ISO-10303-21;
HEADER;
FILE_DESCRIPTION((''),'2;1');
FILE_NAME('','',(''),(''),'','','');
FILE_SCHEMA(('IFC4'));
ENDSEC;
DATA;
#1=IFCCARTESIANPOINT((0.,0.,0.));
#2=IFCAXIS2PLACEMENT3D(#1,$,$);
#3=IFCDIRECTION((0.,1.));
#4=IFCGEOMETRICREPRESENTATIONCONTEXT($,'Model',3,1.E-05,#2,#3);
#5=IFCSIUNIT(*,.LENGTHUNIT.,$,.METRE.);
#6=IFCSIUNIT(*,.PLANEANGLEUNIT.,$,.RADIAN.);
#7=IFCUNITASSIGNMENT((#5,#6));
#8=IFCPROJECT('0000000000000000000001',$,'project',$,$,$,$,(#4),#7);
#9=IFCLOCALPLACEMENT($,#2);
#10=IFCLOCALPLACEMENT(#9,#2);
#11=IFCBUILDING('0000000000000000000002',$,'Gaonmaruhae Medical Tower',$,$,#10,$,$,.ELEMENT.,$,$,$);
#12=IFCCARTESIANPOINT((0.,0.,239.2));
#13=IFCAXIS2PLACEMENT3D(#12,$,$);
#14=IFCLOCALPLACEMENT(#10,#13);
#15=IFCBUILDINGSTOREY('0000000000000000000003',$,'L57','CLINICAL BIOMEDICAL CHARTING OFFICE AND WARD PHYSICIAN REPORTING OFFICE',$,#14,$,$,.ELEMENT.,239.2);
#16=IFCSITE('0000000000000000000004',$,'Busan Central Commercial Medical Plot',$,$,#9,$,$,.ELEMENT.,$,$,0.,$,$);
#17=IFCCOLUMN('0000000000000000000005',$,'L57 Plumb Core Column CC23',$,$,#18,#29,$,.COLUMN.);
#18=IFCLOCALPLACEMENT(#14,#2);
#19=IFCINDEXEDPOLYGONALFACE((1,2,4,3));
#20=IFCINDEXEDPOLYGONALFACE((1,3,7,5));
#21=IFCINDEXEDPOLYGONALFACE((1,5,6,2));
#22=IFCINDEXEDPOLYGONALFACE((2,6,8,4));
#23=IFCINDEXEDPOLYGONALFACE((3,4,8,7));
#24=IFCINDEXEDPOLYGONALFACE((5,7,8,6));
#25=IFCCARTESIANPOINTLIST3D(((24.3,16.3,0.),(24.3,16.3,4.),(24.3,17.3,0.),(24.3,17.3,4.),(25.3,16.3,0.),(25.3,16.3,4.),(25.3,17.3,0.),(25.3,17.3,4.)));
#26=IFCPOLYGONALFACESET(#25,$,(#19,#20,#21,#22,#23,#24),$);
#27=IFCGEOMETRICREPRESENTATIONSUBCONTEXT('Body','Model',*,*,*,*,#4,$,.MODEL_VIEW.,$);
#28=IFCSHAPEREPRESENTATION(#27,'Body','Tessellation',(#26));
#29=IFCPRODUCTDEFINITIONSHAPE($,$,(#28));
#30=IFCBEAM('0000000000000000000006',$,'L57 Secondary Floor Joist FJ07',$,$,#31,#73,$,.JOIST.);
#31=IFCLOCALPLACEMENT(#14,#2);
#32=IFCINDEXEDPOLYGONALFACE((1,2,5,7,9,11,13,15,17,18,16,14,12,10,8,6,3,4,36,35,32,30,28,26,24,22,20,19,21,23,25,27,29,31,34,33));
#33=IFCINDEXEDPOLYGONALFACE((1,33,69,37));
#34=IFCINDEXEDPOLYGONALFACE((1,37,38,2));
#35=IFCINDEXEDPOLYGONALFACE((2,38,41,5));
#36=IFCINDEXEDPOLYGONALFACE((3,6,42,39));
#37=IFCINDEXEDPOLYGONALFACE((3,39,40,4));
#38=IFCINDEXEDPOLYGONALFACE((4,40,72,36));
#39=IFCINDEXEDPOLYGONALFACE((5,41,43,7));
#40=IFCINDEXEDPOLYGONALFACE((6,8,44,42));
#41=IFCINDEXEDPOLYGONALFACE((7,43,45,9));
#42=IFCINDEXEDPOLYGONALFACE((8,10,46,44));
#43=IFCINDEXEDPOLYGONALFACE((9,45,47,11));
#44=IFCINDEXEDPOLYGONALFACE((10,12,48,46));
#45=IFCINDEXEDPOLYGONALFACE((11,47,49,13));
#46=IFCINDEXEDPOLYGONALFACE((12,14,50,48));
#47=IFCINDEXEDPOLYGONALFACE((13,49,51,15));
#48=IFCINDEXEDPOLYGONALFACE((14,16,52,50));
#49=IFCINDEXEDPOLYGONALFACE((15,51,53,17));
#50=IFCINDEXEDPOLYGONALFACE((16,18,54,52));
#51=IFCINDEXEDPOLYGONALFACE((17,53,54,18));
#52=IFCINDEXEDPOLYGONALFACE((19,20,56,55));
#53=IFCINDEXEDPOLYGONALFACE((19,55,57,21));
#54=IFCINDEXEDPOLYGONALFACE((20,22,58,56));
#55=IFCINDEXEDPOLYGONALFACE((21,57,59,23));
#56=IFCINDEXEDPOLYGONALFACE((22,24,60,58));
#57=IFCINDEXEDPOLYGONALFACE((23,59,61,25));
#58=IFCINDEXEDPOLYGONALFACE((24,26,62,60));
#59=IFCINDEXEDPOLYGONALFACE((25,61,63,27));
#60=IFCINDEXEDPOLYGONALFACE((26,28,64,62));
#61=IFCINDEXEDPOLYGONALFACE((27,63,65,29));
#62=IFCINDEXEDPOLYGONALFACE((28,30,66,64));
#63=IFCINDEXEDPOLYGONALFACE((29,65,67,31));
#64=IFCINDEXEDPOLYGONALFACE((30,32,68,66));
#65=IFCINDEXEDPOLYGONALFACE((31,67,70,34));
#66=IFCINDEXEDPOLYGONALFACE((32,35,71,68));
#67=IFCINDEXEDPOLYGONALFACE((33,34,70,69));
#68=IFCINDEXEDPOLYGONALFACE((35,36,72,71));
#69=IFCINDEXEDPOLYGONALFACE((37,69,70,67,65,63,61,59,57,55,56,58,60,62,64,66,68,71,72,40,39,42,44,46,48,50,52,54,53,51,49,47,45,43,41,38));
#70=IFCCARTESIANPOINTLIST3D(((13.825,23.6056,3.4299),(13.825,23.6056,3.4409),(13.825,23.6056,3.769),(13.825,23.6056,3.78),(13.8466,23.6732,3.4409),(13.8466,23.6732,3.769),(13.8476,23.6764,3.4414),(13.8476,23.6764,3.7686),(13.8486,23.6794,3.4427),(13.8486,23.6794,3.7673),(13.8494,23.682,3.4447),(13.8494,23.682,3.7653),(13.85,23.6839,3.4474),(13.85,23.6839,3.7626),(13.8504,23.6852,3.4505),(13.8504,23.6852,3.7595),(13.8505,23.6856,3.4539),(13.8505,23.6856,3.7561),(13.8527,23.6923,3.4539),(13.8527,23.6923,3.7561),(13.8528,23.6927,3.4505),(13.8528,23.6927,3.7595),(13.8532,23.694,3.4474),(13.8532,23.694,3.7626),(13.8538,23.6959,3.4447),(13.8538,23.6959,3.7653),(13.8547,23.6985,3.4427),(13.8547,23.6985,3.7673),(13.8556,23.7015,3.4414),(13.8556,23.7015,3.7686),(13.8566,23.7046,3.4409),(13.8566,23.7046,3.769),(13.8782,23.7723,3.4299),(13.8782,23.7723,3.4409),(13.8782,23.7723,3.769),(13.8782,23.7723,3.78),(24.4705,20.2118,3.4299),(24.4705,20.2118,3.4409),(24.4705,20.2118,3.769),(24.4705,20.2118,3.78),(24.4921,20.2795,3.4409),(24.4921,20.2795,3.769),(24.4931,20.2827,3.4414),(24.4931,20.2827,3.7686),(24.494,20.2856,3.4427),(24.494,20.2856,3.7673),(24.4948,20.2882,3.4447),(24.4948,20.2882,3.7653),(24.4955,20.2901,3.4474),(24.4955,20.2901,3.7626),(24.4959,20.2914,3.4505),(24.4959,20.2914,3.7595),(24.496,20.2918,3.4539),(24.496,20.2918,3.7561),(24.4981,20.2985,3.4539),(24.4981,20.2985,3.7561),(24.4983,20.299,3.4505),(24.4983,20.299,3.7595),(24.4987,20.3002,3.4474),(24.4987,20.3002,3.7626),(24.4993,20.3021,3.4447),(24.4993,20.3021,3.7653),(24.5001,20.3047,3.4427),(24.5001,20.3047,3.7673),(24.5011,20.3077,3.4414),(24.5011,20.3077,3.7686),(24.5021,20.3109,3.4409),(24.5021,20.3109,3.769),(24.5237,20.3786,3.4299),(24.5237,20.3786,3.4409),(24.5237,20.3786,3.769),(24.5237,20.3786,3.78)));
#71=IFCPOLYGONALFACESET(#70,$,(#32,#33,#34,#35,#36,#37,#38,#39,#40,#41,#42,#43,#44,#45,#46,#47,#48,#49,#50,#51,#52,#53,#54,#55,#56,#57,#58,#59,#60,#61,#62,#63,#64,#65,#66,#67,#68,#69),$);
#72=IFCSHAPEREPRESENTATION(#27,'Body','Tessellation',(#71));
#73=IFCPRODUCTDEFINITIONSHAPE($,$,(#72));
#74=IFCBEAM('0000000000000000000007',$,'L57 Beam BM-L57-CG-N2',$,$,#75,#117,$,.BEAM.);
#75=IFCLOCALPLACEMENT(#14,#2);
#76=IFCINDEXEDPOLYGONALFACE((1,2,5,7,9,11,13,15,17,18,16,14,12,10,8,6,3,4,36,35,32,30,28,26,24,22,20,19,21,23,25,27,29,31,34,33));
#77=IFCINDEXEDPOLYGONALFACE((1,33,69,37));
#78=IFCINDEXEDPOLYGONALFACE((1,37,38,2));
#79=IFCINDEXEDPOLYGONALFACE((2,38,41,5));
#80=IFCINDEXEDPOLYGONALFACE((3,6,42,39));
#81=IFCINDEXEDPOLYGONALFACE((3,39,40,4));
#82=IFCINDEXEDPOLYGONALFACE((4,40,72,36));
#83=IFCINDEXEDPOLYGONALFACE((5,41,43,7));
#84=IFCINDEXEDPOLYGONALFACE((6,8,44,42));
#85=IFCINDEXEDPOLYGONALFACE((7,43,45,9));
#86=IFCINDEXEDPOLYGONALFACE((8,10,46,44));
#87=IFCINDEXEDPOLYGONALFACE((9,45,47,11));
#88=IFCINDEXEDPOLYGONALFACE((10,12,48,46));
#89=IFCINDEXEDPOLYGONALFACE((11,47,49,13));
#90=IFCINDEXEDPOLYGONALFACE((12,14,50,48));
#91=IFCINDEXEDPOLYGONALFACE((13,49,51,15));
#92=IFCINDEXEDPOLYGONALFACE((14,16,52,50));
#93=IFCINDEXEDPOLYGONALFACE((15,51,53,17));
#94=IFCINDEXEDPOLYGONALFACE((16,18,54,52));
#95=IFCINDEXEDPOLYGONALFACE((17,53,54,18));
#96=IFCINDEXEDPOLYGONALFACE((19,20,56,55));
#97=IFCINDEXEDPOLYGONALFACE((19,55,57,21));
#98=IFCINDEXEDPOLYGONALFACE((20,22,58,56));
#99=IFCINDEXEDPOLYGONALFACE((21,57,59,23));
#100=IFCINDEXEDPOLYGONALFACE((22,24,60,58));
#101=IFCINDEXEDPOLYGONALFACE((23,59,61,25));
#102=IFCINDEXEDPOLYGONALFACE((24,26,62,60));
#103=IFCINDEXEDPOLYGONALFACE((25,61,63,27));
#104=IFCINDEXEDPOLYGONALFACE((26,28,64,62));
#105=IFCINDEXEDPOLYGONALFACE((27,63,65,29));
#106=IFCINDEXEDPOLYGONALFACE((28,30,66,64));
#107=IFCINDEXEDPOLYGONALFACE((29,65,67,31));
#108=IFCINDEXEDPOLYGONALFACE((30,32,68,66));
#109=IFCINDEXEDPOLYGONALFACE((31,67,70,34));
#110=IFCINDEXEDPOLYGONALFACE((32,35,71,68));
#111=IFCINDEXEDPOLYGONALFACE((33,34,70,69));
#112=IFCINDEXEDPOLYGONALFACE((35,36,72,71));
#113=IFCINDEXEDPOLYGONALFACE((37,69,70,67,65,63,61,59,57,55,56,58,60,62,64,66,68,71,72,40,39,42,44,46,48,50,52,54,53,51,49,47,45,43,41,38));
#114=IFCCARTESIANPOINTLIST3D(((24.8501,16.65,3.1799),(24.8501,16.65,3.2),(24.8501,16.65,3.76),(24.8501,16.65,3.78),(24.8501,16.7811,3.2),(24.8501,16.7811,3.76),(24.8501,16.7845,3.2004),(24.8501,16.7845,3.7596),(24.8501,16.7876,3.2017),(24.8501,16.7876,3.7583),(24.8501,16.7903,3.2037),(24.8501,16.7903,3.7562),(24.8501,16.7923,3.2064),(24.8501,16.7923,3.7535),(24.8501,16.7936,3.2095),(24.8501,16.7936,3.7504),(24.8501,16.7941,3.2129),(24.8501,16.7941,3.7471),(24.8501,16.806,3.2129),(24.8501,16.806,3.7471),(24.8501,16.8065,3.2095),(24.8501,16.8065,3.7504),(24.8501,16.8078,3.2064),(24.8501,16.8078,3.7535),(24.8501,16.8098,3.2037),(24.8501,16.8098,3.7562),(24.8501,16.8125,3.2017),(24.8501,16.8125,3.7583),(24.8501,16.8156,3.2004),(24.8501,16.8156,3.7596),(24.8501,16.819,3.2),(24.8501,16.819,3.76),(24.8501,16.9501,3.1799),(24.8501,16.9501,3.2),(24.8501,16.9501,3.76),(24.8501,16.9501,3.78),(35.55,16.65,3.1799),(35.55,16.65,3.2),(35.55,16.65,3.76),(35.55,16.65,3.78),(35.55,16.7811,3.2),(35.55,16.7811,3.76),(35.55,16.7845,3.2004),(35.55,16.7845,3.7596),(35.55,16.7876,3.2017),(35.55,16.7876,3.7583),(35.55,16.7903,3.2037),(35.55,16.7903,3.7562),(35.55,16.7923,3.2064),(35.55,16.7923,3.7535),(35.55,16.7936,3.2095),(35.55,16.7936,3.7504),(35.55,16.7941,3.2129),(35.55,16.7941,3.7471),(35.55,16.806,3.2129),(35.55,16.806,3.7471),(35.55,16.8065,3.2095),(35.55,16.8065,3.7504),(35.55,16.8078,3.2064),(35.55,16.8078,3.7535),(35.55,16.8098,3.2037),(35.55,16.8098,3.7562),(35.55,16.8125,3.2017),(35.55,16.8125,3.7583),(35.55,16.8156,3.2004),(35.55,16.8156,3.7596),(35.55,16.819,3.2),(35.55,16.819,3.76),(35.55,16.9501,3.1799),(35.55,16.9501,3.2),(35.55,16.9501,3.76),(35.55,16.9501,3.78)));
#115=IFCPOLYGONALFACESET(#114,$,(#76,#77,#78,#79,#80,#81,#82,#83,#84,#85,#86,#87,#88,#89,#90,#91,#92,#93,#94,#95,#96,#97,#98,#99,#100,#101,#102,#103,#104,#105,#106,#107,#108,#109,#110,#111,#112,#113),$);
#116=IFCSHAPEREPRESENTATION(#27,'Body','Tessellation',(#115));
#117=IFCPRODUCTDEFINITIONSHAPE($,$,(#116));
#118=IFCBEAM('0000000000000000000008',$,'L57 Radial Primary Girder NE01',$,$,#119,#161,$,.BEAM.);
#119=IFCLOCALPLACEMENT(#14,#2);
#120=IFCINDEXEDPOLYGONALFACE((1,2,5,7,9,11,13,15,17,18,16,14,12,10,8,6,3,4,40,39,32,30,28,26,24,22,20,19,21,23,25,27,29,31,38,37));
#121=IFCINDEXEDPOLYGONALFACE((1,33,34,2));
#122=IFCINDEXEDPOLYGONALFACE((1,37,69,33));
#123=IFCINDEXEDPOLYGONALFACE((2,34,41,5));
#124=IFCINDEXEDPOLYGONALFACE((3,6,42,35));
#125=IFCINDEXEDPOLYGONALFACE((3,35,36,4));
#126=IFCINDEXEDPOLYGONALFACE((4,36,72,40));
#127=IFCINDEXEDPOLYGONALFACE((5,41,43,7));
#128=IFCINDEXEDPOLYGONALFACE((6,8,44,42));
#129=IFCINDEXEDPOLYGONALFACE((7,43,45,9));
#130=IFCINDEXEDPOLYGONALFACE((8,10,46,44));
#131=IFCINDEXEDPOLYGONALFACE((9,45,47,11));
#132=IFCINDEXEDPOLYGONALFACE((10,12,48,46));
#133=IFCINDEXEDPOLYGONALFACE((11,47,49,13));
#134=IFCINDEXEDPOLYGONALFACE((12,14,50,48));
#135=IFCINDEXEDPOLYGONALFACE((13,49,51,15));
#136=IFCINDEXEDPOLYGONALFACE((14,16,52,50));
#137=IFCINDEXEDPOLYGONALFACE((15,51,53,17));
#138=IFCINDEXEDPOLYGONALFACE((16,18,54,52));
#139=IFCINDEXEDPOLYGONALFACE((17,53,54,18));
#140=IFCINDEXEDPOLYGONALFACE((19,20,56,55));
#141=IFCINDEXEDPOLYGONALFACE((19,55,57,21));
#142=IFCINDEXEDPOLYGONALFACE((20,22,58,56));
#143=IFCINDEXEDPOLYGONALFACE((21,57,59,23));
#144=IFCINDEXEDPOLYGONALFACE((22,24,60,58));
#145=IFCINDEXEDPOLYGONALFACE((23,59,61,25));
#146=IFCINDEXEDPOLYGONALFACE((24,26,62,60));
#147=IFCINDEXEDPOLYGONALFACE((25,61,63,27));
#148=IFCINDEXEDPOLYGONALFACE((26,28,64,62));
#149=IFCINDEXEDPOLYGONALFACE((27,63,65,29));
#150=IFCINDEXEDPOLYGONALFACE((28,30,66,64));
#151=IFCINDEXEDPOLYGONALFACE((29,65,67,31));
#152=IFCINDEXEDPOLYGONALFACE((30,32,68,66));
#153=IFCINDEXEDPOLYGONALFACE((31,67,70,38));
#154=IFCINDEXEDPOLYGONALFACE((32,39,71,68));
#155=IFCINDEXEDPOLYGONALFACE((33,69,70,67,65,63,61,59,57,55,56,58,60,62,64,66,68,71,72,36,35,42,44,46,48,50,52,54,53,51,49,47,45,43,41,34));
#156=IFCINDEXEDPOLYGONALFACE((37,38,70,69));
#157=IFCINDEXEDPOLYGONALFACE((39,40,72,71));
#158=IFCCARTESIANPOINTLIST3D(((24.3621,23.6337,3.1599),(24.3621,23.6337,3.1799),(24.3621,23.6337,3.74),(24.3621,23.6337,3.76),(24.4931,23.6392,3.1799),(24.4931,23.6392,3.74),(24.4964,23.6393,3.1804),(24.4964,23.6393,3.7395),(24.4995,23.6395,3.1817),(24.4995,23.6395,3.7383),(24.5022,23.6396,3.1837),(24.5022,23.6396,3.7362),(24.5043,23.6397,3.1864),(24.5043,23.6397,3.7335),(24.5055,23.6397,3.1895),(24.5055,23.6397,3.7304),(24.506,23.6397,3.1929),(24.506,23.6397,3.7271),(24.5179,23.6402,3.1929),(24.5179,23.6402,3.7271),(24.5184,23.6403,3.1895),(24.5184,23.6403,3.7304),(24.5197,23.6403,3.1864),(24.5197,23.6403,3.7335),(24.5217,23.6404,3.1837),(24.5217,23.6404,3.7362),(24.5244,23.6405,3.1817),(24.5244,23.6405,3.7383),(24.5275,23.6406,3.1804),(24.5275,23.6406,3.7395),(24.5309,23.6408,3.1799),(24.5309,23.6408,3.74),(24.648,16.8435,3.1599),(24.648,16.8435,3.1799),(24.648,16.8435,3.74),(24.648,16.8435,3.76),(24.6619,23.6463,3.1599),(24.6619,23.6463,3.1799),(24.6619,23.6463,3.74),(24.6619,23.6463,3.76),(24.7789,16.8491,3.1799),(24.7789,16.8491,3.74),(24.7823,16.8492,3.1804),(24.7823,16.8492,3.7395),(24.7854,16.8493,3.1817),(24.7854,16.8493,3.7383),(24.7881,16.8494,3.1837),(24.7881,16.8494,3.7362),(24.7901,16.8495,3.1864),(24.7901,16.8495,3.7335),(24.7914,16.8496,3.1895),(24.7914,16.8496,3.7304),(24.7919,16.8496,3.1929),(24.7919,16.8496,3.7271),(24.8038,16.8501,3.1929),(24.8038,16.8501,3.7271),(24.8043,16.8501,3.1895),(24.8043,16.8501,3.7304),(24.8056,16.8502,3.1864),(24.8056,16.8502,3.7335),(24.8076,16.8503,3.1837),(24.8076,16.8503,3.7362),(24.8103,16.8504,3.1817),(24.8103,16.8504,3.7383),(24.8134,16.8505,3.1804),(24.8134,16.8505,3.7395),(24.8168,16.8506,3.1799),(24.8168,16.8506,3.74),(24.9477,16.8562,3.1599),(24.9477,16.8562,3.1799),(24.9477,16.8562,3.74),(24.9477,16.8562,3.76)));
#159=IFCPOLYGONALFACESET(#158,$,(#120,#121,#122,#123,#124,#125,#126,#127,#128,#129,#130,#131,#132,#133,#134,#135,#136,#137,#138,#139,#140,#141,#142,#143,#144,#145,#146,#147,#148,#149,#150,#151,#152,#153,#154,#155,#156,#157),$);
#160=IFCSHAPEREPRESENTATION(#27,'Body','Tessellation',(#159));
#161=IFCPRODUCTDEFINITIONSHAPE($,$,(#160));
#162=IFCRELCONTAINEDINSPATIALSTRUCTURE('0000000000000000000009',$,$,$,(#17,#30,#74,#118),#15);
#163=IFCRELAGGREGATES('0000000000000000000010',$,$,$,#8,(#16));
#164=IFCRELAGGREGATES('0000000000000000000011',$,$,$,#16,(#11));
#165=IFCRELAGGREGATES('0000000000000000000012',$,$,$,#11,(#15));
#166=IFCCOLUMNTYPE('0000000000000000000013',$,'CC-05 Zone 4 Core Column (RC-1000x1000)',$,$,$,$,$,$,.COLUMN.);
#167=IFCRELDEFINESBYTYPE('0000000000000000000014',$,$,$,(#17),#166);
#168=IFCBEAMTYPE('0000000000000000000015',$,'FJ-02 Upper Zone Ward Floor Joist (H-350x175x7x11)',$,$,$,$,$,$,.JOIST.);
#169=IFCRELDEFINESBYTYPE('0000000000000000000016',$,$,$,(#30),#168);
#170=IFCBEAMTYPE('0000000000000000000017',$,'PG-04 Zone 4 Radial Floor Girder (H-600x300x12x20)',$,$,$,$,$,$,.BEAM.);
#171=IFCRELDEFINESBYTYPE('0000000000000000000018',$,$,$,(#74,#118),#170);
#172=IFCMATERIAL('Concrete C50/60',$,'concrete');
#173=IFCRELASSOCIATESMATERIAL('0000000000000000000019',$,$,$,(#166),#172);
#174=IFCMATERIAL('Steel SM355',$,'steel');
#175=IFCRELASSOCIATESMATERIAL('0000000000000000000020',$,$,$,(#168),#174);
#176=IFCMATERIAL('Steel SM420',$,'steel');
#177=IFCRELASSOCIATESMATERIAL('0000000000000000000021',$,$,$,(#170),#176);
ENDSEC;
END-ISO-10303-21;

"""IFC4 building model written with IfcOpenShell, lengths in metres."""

from ifc_helpers import new_model, si_unit, direction, frame, origin, origin_2d, place, context, subcontext, project, spatial, rectangle, i_section, extrude, material, material_profile, profile_set, type_object, element, save


model = new_model("IFC4")

# Units and contexts
model_context = context("Model", 3, precision=1e-05, world=origin(), true_north=direction((0.0, 1.0)))
body_context = subcontext(model_context, "Body", "Model", "MODEL_VIEW")
ifc_project = project(units=[si_unit("LENGTHUNIT", "METRE"), si_unit("PLANEANGLEUNIT", "RADIAN")], contexts=[model_context])

# Site, building, storey
site_placement = place(None, origin())
site = spatial("IfcSite", under=ifc_project, at=site_placement, Name="Busan Central Commercial Medical Plot", CompositionType="ELEMENT", RefElevation=0.0)
building_placement = place(site_placement, origin())
building = spatial("IfcBuilding", under=site, at=building_placement, Name="Gaonmaruhae Medical Tower", CompositionType="ELEMENT")
storey_placement = place(building_placement, frame((0.0, 0.0, 239.2)))
storey = spatial("IfcBuildingStorey", under=building, at=storey_placement, Name="L57", Description="CLINICAL BIOMEDICAL CHARTING OFFICE AND WARD PHYSICIAN REPORTING OFFICE", CompositionType="ELEMENT", Elevation=239.2)

# Column
ifc_material_1 = material(Name="Concrete C50/60", Category="concrete")
ifc_material_profile_1 = material_profile(ifc_material_1, rectangle(XDim=1.0, YDim=1.0, at=origin_2d()), Name="RC-1000x1000")
ifc_profile_set_1 = profile_set([ifc_material_profile_1], Name="Concrete C50/60")
column_type = type_object("IfcColumnType", Name="CC-05 Zone 4 Core Column (RC-1000x1000)", PredefinedType="COLUMN", material=ifc_profile_set_1)
column_placement = place(storey_placement, frame((24.8, 16.8, 0.0), z_axis=(0.0, 0.0, 1.0), x_axis=(1.0, 0.0, 0.0)))
element("IfcColumn", 1, at=column_placement, inside=storey, type_object=column_type, Name="L57 Plumb Core Column CC23", PredefinedType="COLUMN", context=body_context, shape_type="SweptSolid", body=[
    extrude(rectangle(XDim=1.0, YDim=1.0, at=origin_2d()), origin(), (0.0, 0.0, 1.0), 4.0),
])

# Beams
ifc_material_2 = material(Name="Steel SM355", Category="steel")
ifc_material_profile_2 = material_profile(ifc_material_2, i_section(OverallWidth=0.175, OverallDepth=0.3501, WebThickness=0.0071, FlangeThickness=0.011, FilletRadius=0.0129, at=origin_2d()), Name="H-350x175x7x11")
ifc_profile_set_2 = profile_set([ifc_material_profile_2], Name="Steel SM355")
beam_type_1 = type_object("IfcBeamType", Name="FJ-02 Upper Zone Ward Floor Joist (H-350x175x7x11)", PredefinedType="JOIST", material=ifc_profile_set_2)
beam_1_placement = place(storey_placement, frame((24.4971, 20.2952, 3.605), z_axis=(-0.952755, 0.303739, 0.0), x_axis=(-0.303739, -0.952755, 0.0)))
element("IfcBeam", 2, at=beam_1_placement, inside=storey, type_object=beam_type_1, Name="L57 Secondary Floor Joist FJ07", PredefinedType="JOIST", context=body_context, shape_type="SweptSolid", body=[
    extrude(i_section(OverallWidth=0.175, OverallDepth=0.3501, WebThickness=0.0071, FlangeThickness=0.011, FilletRadius=0.0129, at=origin_2d()), origin(), (0.0, 0.0, 1.0), 11.1733),
])
ifc_material_3 = material(Name="Steel SM420", Category="steel")
ifc_material_profile_3 = material_profile(ifc_material_3, i_section(OverallWidth=0.3, OverallDepth=0.6001, WebThickness=0.012, FlangeThickness=0.02, FilletRadius=0.0129, at=origin_2d()), Name="H-600x300x12x20")
ifc_profile_set_3 = profile_set([ifc_material_profile_3], Name="Steel SM420")
beam_type_2 = type_object("IfcBeamType", Name="PG-04 Zone 4 Radial Floor Girder (H-600x300x12x20)", PredefinedType="BEAM", material=ifc_profile_set_3)
beam_2_placement = place(storey_placement, frame((24.8501, 16.8, 3.48), z_axis=(1.0, 0.0, 0.0), x_axis=(0.0, 1.0, 0.0)))
element("IfcBeam", 3, at=beam_2_placement, inside=storey, type_object=beam_type_2, Name="L57 Beam BM-L57-CG-N2", PredefinedType="BEAM", context=body_context, shape_type="SweptSolid", body=[
    extrude(i_section(OverallWidth=0.3, OverallDepth=0.6001, WebThickness=0.012, FlangeThickness=0.02, FilletRadius=0.0129, at=origin_2d()), origin(), (0.0, 0.0, 1.0), 10.7),
])
beam_3_placement = place(storey_placement, frame((24.7979, 16.8499, 3.46), z_axis=(-0.042067, 0.999115, 0.0), x_axis=(-0.999115, -0.042067, 0.0)))
element("IfcBeam", 4, at=beam_3_placement, inside=storey, type_object=beam_type_2, Name="L57 Radial Primary Girder NE01", PredefinedType="BEAM", context=body_context, shape_type="SweptSolid", body=[
    extrude(i_section(OverallWidth=0.3, OverallDepth=0.6001, WebThickness=0.012, FlangeThickness=0.02, FilletRadius=0.0129, at=origin_2d()), origin(), (0.0, 0.0, 1.0), 6.7961),
])

save(model, "model.ifc")
